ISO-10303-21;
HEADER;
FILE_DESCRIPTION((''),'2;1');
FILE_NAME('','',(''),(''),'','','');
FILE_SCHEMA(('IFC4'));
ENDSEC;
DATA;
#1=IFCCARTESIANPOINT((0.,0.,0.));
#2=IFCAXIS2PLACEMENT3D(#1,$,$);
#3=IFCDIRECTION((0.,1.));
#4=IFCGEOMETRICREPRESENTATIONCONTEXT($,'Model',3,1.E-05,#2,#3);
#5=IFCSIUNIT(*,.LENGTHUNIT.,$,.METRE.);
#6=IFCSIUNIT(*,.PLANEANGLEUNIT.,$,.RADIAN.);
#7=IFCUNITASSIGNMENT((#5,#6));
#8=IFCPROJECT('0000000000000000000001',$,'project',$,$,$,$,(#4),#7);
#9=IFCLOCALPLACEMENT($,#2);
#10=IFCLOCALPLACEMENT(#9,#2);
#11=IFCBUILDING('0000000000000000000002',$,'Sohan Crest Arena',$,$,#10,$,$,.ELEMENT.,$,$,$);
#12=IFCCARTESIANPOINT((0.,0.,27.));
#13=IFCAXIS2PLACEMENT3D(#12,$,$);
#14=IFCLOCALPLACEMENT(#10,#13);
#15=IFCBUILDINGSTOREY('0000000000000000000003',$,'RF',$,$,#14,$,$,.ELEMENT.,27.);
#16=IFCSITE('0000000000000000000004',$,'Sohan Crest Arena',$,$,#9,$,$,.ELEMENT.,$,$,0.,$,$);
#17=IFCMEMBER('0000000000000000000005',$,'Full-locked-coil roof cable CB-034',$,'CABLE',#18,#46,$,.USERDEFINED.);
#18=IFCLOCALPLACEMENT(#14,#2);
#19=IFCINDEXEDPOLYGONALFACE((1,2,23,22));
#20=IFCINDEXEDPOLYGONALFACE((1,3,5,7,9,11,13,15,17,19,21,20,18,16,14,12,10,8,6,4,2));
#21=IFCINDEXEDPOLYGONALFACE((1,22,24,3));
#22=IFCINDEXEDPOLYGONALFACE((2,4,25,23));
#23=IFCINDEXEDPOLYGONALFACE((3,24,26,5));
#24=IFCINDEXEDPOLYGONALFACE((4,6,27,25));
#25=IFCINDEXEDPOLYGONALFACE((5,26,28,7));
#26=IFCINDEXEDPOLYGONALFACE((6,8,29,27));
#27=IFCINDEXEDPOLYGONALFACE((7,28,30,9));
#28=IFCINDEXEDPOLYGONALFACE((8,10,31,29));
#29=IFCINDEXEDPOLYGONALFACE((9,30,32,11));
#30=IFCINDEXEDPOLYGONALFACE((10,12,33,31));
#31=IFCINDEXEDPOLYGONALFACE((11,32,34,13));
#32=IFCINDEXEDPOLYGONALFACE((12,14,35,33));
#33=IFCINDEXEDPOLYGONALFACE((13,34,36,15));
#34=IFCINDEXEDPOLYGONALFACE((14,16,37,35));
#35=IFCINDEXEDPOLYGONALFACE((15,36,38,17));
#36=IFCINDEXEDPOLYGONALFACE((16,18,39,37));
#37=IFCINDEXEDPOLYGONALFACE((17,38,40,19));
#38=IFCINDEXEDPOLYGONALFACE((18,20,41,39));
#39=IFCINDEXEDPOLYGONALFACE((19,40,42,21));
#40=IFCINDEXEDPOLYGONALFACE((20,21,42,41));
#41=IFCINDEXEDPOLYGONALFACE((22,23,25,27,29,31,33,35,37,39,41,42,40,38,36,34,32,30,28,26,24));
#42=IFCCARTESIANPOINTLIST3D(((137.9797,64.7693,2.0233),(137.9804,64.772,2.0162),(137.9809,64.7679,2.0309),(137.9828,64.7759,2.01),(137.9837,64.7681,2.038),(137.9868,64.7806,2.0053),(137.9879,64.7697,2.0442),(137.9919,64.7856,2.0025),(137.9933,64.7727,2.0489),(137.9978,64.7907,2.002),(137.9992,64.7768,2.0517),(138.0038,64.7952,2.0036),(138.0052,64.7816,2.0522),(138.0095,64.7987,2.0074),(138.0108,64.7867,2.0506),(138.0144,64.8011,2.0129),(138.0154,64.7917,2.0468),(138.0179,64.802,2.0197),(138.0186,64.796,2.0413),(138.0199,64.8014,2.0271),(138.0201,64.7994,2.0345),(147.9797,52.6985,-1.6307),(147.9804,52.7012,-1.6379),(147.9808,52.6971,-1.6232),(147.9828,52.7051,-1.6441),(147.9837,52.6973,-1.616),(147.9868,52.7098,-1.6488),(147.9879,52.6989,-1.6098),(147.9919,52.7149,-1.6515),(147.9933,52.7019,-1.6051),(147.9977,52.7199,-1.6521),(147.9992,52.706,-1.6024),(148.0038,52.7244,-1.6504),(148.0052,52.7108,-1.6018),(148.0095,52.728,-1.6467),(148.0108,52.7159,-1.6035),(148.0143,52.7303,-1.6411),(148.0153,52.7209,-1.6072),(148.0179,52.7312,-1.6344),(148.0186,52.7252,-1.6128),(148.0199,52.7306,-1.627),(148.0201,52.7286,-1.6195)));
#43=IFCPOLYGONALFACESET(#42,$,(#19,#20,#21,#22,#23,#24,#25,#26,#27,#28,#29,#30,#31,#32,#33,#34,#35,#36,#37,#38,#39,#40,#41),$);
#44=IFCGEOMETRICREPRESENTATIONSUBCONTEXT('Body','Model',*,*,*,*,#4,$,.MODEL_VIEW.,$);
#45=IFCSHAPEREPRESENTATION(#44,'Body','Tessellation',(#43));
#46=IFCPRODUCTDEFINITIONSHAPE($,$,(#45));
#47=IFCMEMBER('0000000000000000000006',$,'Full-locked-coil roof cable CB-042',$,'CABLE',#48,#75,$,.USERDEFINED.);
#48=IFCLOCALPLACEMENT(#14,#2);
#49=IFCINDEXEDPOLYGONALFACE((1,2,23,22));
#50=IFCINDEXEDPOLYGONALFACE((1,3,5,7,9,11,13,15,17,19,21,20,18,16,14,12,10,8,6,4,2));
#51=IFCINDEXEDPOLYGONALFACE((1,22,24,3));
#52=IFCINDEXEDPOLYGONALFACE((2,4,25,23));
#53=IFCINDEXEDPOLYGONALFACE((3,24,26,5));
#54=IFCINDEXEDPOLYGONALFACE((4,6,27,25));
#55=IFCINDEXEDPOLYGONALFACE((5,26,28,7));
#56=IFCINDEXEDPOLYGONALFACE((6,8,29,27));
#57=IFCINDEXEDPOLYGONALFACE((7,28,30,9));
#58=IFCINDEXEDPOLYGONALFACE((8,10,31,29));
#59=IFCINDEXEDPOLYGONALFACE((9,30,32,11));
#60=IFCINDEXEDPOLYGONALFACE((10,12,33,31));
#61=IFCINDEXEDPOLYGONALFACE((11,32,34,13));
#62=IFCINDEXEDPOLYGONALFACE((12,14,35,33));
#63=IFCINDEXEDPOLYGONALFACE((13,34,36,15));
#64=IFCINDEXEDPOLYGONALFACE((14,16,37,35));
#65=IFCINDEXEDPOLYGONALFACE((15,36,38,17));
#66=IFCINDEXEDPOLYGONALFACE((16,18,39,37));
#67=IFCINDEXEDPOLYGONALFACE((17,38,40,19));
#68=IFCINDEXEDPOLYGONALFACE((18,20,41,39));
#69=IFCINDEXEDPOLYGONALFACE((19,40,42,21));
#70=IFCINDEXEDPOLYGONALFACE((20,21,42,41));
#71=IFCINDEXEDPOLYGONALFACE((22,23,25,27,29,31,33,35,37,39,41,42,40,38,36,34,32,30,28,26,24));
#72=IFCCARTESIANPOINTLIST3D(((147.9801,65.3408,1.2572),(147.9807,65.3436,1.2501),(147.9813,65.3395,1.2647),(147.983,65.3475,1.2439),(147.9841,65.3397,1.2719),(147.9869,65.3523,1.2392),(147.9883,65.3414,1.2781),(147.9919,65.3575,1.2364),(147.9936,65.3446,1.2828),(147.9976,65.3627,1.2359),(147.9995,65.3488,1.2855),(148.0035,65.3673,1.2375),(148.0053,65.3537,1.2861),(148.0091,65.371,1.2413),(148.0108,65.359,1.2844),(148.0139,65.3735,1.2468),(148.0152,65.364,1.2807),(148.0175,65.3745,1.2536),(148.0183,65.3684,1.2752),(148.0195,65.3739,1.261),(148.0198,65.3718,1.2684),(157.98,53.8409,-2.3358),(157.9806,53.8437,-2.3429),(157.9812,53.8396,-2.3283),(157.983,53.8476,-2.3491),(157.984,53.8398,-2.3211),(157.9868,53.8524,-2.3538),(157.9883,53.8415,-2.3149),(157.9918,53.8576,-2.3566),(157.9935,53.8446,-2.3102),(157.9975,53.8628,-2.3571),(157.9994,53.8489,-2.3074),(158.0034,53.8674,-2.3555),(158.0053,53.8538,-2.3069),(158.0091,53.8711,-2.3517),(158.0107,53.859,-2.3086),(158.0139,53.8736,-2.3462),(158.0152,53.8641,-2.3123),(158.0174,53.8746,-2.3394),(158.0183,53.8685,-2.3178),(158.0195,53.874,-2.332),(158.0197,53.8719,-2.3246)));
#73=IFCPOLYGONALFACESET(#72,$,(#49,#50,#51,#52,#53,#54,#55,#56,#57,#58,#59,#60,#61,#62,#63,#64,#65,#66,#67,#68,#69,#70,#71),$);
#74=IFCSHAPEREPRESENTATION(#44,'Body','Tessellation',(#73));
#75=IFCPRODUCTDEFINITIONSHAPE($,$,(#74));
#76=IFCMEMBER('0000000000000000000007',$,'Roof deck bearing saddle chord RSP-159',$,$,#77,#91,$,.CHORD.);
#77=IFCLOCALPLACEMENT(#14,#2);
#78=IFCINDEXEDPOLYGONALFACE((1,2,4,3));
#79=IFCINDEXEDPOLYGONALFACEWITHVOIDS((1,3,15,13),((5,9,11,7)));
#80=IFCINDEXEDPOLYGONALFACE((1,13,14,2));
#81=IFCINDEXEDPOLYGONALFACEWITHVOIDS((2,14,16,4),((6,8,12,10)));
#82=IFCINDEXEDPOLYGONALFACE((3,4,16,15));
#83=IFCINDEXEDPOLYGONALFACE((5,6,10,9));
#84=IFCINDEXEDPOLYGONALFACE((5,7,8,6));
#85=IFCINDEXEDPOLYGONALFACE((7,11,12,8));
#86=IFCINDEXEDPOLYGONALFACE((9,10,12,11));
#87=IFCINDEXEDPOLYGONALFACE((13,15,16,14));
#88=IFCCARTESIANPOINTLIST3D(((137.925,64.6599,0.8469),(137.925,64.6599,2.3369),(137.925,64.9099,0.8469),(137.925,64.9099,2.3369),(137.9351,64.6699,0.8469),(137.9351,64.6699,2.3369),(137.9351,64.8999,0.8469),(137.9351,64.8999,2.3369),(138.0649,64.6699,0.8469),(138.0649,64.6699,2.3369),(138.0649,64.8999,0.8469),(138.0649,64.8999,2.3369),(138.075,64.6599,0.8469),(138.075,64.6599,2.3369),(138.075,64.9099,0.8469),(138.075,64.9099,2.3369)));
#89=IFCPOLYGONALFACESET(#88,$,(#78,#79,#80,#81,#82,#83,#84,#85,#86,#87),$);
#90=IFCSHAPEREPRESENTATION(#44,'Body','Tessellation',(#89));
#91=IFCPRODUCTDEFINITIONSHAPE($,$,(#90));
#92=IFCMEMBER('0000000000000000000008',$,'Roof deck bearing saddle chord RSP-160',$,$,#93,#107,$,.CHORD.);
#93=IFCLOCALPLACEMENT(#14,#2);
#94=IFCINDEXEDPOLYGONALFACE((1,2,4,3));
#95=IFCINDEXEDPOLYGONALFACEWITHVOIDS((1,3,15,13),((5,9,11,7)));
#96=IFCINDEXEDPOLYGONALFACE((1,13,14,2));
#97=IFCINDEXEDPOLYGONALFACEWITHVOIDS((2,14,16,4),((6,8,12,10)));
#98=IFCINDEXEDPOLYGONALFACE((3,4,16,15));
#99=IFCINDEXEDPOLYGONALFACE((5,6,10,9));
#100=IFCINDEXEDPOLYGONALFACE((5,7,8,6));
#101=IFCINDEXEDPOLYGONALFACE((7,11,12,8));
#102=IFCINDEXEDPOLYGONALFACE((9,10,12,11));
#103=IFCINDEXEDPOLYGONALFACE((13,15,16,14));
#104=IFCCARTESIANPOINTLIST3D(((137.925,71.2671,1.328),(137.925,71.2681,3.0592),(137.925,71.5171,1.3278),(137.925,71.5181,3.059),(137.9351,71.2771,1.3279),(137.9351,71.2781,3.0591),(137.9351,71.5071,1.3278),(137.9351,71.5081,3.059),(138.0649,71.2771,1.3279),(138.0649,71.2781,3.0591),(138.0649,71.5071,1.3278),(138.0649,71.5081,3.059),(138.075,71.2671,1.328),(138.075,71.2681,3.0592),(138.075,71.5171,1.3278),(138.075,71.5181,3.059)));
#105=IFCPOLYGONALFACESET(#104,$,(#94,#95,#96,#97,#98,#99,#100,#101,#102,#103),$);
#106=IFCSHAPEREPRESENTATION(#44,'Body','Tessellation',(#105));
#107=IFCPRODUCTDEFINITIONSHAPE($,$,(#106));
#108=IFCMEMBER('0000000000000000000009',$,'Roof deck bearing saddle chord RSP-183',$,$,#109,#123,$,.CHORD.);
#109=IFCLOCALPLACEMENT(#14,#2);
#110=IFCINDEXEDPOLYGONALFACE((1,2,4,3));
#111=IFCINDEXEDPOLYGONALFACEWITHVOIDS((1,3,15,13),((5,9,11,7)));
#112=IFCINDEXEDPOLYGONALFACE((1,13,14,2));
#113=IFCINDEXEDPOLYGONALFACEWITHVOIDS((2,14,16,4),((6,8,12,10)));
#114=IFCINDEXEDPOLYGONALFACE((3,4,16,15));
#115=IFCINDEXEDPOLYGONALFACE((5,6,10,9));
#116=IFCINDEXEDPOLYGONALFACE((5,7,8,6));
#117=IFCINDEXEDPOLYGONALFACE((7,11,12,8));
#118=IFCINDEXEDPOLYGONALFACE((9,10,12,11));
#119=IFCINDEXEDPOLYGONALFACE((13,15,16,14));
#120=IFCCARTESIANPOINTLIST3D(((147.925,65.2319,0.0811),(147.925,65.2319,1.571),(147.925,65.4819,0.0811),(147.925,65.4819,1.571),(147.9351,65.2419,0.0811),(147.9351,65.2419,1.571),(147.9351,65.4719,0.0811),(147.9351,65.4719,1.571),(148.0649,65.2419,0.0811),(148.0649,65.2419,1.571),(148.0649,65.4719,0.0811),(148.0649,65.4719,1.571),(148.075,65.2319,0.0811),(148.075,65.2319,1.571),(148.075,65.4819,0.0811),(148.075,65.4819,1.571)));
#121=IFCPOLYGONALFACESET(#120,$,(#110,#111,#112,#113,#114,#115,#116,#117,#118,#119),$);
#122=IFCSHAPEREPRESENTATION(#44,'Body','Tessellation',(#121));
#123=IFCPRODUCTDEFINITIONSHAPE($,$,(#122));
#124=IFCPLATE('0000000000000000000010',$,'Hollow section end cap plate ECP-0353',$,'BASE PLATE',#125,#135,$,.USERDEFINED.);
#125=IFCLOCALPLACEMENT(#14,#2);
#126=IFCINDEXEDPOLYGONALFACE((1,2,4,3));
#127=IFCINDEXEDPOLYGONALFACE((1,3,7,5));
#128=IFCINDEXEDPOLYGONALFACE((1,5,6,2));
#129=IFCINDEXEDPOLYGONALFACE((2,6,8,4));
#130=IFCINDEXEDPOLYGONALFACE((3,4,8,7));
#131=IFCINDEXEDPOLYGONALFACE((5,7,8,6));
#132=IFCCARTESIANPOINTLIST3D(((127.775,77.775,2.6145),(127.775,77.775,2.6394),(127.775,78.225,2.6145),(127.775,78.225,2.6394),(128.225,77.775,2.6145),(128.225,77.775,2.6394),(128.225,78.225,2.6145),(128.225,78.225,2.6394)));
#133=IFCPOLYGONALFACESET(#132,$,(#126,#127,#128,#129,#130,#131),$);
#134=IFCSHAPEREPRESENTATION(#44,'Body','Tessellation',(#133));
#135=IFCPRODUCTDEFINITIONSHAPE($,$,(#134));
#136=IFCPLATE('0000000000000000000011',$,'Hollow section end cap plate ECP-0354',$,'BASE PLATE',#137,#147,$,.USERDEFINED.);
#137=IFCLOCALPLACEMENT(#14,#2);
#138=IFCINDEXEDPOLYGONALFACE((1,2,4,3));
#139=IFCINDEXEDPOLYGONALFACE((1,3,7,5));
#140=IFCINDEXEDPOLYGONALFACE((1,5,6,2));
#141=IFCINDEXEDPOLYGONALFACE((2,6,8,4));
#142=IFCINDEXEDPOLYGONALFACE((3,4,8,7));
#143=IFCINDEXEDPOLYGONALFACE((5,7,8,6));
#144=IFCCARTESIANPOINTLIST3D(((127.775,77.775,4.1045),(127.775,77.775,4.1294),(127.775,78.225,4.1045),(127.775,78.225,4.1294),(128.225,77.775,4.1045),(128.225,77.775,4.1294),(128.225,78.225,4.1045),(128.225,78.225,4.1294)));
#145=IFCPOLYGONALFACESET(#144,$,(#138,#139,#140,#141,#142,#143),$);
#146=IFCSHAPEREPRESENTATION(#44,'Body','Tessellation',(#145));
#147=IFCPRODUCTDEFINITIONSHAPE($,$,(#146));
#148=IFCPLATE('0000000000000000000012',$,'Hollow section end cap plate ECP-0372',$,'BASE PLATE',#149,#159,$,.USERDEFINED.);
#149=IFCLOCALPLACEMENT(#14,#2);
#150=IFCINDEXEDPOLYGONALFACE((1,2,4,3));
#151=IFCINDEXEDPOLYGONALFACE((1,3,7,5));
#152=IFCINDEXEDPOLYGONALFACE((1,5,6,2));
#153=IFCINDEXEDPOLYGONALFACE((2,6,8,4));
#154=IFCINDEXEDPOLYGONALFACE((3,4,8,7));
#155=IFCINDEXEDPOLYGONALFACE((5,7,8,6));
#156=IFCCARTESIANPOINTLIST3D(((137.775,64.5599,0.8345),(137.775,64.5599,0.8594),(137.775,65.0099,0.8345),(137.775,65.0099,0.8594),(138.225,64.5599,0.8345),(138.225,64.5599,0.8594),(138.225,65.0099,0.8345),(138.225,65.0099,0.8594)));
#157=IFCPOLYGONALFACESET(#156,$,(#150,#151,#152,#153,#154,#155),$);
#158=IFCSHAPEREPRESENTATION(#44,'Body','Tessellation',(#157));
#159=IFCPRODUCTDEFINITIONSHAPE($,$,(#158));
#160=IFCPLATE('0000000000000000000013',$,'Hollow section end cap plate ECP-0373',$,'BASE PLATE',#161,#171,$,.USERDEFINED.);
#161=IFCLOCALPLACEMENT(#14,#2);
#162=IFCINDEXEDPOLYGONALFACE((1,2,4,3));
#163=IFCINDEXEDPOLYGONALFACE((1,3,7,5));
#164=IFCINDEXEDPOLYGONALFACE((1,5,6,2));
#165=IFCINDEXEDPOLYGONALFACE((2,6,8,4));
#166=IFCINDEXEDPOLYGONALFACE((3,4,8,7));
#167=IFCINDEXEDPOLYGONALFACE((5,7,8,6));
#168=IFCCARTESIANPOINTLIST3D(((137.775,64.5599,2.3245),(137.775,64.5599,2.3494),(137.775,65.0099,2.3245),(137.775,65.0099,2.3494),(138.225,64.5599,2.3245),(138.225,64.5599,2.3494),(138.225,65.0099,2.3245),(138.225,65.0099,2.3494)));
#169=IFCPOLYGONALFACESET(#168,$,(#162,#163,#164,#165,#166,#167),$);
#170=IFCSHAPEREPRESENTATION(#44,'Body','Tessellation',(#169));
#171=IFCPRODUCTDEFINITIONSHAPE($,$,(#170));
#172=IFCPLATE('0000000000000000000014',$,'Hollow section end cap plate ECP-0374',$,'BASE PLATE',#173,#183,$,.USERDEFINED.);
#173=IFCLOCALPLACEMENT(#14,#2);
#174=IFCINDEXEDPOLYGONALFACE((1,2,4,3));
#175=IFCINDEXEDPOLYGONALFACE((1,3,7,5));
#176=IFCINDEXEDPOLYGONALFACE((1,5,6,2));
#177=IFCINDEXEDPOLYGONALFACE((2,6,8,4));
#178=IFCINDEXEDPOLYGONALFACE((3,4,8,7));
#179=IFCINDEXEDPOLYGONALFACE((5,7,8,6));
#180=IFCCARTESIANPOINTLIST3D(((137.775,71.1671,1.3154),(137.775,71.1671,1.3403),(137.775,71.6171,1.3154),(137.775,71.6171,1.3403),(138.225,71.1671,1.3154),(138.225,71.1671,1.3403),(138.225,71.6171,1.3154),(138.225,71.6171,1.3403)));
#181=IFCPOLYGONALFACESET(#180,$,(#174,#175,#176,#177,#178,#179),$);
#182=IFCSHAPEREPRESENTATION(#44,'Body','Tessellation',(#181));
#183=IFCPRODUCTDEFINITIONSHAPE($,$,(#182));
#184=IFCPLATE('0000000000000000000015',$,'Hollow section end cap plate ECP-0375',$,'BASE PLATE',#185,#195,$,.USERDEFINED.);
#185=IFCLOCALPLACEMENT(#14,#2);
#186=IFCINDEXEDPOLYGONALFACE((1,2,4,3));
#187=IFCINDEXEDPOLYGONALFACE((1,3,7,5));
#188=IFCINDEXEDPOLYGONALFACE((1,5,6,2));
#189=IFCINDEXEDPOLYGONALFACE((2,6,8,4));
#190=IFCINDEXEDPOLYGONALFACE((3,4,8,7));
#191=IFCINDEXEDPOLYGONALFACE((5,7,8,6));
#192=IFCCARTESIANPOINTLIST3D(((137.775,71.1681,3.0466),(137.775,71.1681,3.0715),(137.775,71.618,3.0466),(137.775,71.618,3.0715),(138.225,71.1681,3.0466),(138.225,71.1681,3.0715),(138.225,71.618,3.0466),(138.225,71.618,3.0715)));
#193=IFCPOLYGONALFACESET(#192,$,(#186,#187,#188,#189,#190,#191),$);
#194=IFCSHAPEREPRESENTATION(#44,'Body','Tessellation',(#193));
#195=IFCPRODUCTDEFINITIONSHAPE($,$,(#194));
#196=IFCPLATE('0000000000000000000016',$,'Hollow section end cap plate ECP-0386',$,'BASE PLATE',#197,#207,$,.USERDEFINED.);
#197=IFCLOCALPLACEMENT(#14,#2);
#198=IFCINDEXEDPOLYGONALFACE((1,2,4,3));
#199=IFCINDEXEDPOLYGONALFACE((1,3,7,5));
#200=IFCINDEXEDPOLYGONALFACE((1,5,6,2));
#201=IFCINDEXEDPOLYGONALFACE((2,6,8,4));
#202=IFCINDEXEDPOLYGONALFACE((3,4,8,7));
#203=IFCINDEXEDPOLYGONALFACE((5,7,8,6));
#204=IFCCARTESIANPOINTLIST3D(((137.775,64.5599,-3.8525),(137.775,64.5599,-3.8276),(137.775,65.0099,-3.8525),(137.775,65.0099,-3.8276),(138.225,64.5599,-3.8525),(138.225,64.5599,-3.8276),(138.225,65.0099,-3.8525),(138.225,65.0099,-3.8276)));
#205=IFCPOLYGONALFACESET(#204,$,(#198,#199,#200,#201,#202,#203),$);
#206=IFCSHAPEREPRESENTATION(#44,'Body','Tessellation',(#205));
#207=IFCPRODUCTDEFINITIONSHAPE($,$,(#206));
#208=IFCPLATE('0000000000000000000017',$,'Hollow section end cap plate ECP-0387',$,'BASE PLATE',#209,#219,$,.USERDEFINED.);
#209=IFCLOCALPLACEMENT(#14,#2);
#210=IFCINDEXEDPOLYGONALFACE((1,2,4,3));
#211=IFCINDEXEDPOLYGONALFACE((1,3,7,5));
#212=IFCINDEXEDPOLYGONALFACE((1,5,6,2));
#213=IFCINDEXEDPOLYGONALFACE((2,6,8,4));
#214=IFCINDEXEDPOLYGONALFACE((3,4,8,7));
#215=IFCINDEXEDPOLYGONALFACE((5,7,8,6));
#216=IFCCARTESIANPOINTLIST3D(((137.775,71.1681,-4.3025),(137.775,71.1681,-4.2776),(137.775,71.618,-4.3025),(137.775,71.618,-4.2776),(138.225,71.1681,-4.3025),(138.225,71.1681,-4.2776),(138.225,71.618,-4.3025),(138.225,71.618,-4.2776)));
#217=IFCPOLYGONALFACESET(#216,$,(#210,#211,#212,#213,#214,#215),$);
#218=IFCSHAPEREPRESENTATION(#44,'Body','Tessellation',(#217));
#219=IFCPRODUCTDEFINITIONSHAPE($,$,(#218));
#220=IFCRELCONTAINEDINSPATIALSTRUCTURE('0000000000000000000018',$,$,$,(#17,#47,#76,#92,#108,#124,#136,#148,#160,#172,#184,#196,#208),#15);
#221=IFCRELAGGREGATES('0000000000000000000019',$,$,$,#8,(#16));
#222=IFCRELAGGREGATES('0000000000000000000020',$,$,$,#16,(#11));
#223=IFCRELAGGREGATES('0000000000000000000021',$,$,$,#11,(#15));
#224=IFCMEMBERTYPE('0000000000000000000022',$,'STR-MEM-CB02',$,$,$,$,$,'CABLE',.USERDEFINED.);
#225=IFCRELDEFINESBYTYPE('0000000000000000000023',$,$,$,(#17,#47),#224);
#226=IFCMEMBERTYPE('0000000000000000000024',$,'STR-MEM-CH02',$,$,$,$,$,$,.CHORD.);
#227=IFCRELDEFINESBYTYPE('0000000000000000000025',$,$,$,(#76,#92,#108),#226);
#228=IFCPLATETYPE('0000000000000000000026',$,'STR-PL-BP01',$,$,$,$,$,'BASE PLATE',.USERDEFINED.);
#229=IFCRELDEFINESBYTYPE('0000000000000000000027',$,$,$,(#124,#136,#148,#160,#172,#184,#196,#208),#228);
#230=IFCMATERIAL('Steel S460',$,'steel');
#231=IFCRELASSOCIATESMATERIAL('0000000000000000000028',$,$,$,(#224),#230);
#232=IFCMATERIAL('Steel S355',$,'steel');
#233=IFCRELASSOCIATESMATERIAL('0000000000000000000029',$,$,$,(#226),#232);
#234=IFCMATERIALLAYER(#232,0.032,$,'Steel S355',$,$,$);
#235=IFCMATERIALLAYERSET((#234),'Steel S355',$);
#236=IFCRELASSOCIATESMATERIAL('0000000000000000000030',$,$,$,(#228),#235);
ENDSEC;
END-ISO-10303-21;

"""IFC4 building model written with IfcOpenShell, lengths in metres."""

from ifc_helpers import new_model, si_unit, direction, frame, origin, origin_2d, place, context, subcontext, project, spatial, rectangle, hollow_rectangle, circle, extrude, material, layer, layer_set, material_profile, profile_set, type_object, element, save


model = new_model("IFC4")

# Units and contexts
model_context = context("Model", 3, precision=1e-05, world=origin(), true_north=direction((0.0, 1.0)))
body_context = subcontext(model_context, "Body", "Model", "MODEL_VIEW")
ifc_project = project(units=[si_unit("LENGTHUNIT", "METRE"), si_unit("PLANEANGLEUNIT", "RADIAN")], contexts=[model_context])

# Site, building, storey
site_placement = place(None, origin())
site = spatial("IfcSite", under=ifc_project, at=site_placement, Name="Sohan Crest Arena", CompositionType="ELEMENT", RefElevation=0.0)
building_placement = place(site_placement, origin())
building = spatial("IfcBuilding", under=site, at=building_placement, Name="Sohan Crest Arena", CompositionType="ELEMENT")
storey_placement = place(building_placement, frame((0.0, 0.0, 27.0)))
storey = spatial("IfcBuildingStorey", under=building, at=storey_placement, Name="RF", CompositionType="ELEMENT", Elevation=27.0)

# Shared definitions
ifc_material_1 = material(Name="Steel S355", Category="steel")

# Members
ifc_material_2 = material(Name="Steel S460", Category="steel")
ifc_material_profile_1 = material_profile(ifc_material_2, circle(Radius=0.0259, at=origin_2d()), Name="FLC D52")
ifc_profile_set_1 = profile_set([ifc_material_profile_1], Name="Steel S460")
member_type_1 = type_object("IfcMemberType", Name="STR-MEM-CB02", ElementType="CABLE", PredefinedType="USERDEFINED", material=ifc_profile_set_1)
member_1_placement = place(storey_placement, frame((138.0, 64.7849, 2.0271), z_axis=(0.621302, -0.749962, -0.227027), x_axis=(0.770069, 0.63796, 0.0)))
element("IfcMember", 1, at=member_1_placement, inside=storey, type_object=member_type_1, Name="Full-locked-coil roof cable CB-034", ObjectType="CABLE", PredefinedType="USERDEFINED", context=body_context, shape_type="SweptSolid", body=[
    extrude(circle(Radius=0.0259, at=origin_2d()), origin(), (0.0, 0.0, 1.0), 16.0952),
])
member_2_placement = place(storey_placement, frame((148.0, 65.3569, 1.261), z_axis=(0.638668, -0.734469, -0.229475), x_axis=(0.754606, 0.656179, 0.0)))
element("IfcMember", 2, at=member_2_placement, inside=storey, type_object=member_type_1, Name="Full-locked-coil roof cable CB-042", ObjectType="CABLE", PredefinedType="USERDEFINED", context=body_context, shape_type="SweptSolid", body=[
    extrude(circle(Radius=0.0259, at=origin_2d()), origin(), (0.0, 0.0, 1.0), 15.6575),
])
ifc_material_profile_2 = material_profile(ifc_material_1, hollow_rectangle(XDim=0.1499, YDim=0.25, WallThickness=0.01, at=origin_2d()), Name="RHS 250x150x10")
ifc_profile_set_2 = profile_set([ifc_material_profile_2], Name="Steel S355")
member_type_2 = type_object("IfcMemberType", Name="STR-MEM-CH02", PredefinedType="CHORD", material=ifc_profile_set_2)
member_3_placement = place(storey_placement, frame((138.0, 64.7849, 0.8469), z_axis=(0.0, 0.0, 1.0), x_axis=(1.0, 0.0, 0.0)))
element("IfcMember", 3, at=member_3_placement, inside=storey, type_object=member_type_2, Name="Roof deck bearing saddle chord RSP-159", PredefinedType="CHORD", context=body_context, shape_type="SweptSolid", body=[
    extrude(hollow_rectangle(XDim=0.1499, YDim=0.25, WallThickness=0.01, at=origin_2d()), origin(), (0.0, 0.0, 1.0), 1.49),
])
member_4_placement = place(storey_placement, frame((138.0, 71.3921, 1.3279), z_axis=(0.0, 0.000564, 1.0), x_axis=(1.0, 0.0, 0.0)))
element("IfcMember", 4, at=member_4_placement, inside=storey, type_object=member_type_2, Name="Roof deck bearing saddle chord RSP-160", PredefinedType="CHORD", context=body_context, shape_type="SweptSolid", body=[
    extrude(hollow_rectangle(XDim=0.1499, YDim=0.25, WallThickness=0.01, at=origin_2d()), origin(), (0.0, 0.0, 1.0), 1.7312),
])
member_5_placement = place(storey_placement, frame((148.0, 65.3569, 0.0811), z_axis=(0.0, 0.0, 1.0), x_axis=(1.0, 0.0, 0.0)))
element("IfcMember", 5, at=member_5_placement, inside=storey, type_object=member_type_2, Name="Roof deck bearing saddle chord RSP-183", PredefinedType="CHORD", context=body_context, shape_type="SweptSolid", body=[
    extrude(hollow_rectangle(XDim=0.1499, YDim=0.25, WallThickness=0.01, at=origin_2d()), origin(), (0.0, 0.0, 1.0), 1.49),
])

# Plates
ifc_layer = layer(ifc_material_1, 0.032, Name="Steel S355")
ifc_layer_set = layer_set([ifc_layer], Name="Steel S355")
plate_type = type_object("IfcPlateType", Name="STR-PL-BP01", ElementType="BASE PLATE", PredefinedType="USERDEFINED", material=ifc_layer_set)
for number, where, z_axis, x_axis, name in (
    (6, (128.0, 78.0, 2.6145), (0.0, 0.0, 1.0), (1.0, 0.0, 0.0), "Hollow section end cap plate ECP-0353"),
    (7, (128.0, 78.0, 4.1045), (0.0, 0.0, 1.0), (1.0, 0.0, 0.0), "Hollow section end cap plate ECP-0354"),
    (8, (138.0, 64.7849, 0.8345), (0.0, 0.0, 1.0), (1.0, 0.0, 0.0), "Hollow section end cap plate ECP-0372"),
    (9, (138.0, 64.7849, 2.3245), (0.0, 0.0, 1.0), (1.0, 0.0, 0.0), "Hollow section end cap plate ECP-0373"),
    (10, (138.0, 71.3921, 1.3154), (0.0, 0.0, 1.0), (1.0, 0.0, 0.0), "Hollow section end cap plate ECP-0374"),
    (11, (138.0, 71.3931, 3.0466), (0.0, 0.0, 1.0), (1.0, 0.0, 0.0), "Hollow section end cap plate ECP-0375"),
    (12, (138.0, 64.7849, -3.8525), (0.0, 0.0, 1.0), (1.0, 0.0, 0.0), "Hollow section end cap plate ECP-0386"),
    (13, (138.0, 71.3931, -4.3025), (0.0, 0.0, 1.0), (1.0, 0.0, 0.0), "Hollow section end cap plate ECP-0387"),
):
    element("IfcPlate", number, at=place(storey_placement, frame(where, z_axis=z_axis, x_axis=x_axis)), inside=storey, type_object=plate_type, Name=name, ObjectType="BASE PLATE", PredefinedType="USERDEFINED", context=body_context, shape_type="SweptSolid", body=[
        extrude(rectangle(XDim=0.45, YDim=0.45, at=origin_2d()), origin(), (0.0, 0.0, 1.0), 0.0249),
    ])

save(model, "model.ifc")
